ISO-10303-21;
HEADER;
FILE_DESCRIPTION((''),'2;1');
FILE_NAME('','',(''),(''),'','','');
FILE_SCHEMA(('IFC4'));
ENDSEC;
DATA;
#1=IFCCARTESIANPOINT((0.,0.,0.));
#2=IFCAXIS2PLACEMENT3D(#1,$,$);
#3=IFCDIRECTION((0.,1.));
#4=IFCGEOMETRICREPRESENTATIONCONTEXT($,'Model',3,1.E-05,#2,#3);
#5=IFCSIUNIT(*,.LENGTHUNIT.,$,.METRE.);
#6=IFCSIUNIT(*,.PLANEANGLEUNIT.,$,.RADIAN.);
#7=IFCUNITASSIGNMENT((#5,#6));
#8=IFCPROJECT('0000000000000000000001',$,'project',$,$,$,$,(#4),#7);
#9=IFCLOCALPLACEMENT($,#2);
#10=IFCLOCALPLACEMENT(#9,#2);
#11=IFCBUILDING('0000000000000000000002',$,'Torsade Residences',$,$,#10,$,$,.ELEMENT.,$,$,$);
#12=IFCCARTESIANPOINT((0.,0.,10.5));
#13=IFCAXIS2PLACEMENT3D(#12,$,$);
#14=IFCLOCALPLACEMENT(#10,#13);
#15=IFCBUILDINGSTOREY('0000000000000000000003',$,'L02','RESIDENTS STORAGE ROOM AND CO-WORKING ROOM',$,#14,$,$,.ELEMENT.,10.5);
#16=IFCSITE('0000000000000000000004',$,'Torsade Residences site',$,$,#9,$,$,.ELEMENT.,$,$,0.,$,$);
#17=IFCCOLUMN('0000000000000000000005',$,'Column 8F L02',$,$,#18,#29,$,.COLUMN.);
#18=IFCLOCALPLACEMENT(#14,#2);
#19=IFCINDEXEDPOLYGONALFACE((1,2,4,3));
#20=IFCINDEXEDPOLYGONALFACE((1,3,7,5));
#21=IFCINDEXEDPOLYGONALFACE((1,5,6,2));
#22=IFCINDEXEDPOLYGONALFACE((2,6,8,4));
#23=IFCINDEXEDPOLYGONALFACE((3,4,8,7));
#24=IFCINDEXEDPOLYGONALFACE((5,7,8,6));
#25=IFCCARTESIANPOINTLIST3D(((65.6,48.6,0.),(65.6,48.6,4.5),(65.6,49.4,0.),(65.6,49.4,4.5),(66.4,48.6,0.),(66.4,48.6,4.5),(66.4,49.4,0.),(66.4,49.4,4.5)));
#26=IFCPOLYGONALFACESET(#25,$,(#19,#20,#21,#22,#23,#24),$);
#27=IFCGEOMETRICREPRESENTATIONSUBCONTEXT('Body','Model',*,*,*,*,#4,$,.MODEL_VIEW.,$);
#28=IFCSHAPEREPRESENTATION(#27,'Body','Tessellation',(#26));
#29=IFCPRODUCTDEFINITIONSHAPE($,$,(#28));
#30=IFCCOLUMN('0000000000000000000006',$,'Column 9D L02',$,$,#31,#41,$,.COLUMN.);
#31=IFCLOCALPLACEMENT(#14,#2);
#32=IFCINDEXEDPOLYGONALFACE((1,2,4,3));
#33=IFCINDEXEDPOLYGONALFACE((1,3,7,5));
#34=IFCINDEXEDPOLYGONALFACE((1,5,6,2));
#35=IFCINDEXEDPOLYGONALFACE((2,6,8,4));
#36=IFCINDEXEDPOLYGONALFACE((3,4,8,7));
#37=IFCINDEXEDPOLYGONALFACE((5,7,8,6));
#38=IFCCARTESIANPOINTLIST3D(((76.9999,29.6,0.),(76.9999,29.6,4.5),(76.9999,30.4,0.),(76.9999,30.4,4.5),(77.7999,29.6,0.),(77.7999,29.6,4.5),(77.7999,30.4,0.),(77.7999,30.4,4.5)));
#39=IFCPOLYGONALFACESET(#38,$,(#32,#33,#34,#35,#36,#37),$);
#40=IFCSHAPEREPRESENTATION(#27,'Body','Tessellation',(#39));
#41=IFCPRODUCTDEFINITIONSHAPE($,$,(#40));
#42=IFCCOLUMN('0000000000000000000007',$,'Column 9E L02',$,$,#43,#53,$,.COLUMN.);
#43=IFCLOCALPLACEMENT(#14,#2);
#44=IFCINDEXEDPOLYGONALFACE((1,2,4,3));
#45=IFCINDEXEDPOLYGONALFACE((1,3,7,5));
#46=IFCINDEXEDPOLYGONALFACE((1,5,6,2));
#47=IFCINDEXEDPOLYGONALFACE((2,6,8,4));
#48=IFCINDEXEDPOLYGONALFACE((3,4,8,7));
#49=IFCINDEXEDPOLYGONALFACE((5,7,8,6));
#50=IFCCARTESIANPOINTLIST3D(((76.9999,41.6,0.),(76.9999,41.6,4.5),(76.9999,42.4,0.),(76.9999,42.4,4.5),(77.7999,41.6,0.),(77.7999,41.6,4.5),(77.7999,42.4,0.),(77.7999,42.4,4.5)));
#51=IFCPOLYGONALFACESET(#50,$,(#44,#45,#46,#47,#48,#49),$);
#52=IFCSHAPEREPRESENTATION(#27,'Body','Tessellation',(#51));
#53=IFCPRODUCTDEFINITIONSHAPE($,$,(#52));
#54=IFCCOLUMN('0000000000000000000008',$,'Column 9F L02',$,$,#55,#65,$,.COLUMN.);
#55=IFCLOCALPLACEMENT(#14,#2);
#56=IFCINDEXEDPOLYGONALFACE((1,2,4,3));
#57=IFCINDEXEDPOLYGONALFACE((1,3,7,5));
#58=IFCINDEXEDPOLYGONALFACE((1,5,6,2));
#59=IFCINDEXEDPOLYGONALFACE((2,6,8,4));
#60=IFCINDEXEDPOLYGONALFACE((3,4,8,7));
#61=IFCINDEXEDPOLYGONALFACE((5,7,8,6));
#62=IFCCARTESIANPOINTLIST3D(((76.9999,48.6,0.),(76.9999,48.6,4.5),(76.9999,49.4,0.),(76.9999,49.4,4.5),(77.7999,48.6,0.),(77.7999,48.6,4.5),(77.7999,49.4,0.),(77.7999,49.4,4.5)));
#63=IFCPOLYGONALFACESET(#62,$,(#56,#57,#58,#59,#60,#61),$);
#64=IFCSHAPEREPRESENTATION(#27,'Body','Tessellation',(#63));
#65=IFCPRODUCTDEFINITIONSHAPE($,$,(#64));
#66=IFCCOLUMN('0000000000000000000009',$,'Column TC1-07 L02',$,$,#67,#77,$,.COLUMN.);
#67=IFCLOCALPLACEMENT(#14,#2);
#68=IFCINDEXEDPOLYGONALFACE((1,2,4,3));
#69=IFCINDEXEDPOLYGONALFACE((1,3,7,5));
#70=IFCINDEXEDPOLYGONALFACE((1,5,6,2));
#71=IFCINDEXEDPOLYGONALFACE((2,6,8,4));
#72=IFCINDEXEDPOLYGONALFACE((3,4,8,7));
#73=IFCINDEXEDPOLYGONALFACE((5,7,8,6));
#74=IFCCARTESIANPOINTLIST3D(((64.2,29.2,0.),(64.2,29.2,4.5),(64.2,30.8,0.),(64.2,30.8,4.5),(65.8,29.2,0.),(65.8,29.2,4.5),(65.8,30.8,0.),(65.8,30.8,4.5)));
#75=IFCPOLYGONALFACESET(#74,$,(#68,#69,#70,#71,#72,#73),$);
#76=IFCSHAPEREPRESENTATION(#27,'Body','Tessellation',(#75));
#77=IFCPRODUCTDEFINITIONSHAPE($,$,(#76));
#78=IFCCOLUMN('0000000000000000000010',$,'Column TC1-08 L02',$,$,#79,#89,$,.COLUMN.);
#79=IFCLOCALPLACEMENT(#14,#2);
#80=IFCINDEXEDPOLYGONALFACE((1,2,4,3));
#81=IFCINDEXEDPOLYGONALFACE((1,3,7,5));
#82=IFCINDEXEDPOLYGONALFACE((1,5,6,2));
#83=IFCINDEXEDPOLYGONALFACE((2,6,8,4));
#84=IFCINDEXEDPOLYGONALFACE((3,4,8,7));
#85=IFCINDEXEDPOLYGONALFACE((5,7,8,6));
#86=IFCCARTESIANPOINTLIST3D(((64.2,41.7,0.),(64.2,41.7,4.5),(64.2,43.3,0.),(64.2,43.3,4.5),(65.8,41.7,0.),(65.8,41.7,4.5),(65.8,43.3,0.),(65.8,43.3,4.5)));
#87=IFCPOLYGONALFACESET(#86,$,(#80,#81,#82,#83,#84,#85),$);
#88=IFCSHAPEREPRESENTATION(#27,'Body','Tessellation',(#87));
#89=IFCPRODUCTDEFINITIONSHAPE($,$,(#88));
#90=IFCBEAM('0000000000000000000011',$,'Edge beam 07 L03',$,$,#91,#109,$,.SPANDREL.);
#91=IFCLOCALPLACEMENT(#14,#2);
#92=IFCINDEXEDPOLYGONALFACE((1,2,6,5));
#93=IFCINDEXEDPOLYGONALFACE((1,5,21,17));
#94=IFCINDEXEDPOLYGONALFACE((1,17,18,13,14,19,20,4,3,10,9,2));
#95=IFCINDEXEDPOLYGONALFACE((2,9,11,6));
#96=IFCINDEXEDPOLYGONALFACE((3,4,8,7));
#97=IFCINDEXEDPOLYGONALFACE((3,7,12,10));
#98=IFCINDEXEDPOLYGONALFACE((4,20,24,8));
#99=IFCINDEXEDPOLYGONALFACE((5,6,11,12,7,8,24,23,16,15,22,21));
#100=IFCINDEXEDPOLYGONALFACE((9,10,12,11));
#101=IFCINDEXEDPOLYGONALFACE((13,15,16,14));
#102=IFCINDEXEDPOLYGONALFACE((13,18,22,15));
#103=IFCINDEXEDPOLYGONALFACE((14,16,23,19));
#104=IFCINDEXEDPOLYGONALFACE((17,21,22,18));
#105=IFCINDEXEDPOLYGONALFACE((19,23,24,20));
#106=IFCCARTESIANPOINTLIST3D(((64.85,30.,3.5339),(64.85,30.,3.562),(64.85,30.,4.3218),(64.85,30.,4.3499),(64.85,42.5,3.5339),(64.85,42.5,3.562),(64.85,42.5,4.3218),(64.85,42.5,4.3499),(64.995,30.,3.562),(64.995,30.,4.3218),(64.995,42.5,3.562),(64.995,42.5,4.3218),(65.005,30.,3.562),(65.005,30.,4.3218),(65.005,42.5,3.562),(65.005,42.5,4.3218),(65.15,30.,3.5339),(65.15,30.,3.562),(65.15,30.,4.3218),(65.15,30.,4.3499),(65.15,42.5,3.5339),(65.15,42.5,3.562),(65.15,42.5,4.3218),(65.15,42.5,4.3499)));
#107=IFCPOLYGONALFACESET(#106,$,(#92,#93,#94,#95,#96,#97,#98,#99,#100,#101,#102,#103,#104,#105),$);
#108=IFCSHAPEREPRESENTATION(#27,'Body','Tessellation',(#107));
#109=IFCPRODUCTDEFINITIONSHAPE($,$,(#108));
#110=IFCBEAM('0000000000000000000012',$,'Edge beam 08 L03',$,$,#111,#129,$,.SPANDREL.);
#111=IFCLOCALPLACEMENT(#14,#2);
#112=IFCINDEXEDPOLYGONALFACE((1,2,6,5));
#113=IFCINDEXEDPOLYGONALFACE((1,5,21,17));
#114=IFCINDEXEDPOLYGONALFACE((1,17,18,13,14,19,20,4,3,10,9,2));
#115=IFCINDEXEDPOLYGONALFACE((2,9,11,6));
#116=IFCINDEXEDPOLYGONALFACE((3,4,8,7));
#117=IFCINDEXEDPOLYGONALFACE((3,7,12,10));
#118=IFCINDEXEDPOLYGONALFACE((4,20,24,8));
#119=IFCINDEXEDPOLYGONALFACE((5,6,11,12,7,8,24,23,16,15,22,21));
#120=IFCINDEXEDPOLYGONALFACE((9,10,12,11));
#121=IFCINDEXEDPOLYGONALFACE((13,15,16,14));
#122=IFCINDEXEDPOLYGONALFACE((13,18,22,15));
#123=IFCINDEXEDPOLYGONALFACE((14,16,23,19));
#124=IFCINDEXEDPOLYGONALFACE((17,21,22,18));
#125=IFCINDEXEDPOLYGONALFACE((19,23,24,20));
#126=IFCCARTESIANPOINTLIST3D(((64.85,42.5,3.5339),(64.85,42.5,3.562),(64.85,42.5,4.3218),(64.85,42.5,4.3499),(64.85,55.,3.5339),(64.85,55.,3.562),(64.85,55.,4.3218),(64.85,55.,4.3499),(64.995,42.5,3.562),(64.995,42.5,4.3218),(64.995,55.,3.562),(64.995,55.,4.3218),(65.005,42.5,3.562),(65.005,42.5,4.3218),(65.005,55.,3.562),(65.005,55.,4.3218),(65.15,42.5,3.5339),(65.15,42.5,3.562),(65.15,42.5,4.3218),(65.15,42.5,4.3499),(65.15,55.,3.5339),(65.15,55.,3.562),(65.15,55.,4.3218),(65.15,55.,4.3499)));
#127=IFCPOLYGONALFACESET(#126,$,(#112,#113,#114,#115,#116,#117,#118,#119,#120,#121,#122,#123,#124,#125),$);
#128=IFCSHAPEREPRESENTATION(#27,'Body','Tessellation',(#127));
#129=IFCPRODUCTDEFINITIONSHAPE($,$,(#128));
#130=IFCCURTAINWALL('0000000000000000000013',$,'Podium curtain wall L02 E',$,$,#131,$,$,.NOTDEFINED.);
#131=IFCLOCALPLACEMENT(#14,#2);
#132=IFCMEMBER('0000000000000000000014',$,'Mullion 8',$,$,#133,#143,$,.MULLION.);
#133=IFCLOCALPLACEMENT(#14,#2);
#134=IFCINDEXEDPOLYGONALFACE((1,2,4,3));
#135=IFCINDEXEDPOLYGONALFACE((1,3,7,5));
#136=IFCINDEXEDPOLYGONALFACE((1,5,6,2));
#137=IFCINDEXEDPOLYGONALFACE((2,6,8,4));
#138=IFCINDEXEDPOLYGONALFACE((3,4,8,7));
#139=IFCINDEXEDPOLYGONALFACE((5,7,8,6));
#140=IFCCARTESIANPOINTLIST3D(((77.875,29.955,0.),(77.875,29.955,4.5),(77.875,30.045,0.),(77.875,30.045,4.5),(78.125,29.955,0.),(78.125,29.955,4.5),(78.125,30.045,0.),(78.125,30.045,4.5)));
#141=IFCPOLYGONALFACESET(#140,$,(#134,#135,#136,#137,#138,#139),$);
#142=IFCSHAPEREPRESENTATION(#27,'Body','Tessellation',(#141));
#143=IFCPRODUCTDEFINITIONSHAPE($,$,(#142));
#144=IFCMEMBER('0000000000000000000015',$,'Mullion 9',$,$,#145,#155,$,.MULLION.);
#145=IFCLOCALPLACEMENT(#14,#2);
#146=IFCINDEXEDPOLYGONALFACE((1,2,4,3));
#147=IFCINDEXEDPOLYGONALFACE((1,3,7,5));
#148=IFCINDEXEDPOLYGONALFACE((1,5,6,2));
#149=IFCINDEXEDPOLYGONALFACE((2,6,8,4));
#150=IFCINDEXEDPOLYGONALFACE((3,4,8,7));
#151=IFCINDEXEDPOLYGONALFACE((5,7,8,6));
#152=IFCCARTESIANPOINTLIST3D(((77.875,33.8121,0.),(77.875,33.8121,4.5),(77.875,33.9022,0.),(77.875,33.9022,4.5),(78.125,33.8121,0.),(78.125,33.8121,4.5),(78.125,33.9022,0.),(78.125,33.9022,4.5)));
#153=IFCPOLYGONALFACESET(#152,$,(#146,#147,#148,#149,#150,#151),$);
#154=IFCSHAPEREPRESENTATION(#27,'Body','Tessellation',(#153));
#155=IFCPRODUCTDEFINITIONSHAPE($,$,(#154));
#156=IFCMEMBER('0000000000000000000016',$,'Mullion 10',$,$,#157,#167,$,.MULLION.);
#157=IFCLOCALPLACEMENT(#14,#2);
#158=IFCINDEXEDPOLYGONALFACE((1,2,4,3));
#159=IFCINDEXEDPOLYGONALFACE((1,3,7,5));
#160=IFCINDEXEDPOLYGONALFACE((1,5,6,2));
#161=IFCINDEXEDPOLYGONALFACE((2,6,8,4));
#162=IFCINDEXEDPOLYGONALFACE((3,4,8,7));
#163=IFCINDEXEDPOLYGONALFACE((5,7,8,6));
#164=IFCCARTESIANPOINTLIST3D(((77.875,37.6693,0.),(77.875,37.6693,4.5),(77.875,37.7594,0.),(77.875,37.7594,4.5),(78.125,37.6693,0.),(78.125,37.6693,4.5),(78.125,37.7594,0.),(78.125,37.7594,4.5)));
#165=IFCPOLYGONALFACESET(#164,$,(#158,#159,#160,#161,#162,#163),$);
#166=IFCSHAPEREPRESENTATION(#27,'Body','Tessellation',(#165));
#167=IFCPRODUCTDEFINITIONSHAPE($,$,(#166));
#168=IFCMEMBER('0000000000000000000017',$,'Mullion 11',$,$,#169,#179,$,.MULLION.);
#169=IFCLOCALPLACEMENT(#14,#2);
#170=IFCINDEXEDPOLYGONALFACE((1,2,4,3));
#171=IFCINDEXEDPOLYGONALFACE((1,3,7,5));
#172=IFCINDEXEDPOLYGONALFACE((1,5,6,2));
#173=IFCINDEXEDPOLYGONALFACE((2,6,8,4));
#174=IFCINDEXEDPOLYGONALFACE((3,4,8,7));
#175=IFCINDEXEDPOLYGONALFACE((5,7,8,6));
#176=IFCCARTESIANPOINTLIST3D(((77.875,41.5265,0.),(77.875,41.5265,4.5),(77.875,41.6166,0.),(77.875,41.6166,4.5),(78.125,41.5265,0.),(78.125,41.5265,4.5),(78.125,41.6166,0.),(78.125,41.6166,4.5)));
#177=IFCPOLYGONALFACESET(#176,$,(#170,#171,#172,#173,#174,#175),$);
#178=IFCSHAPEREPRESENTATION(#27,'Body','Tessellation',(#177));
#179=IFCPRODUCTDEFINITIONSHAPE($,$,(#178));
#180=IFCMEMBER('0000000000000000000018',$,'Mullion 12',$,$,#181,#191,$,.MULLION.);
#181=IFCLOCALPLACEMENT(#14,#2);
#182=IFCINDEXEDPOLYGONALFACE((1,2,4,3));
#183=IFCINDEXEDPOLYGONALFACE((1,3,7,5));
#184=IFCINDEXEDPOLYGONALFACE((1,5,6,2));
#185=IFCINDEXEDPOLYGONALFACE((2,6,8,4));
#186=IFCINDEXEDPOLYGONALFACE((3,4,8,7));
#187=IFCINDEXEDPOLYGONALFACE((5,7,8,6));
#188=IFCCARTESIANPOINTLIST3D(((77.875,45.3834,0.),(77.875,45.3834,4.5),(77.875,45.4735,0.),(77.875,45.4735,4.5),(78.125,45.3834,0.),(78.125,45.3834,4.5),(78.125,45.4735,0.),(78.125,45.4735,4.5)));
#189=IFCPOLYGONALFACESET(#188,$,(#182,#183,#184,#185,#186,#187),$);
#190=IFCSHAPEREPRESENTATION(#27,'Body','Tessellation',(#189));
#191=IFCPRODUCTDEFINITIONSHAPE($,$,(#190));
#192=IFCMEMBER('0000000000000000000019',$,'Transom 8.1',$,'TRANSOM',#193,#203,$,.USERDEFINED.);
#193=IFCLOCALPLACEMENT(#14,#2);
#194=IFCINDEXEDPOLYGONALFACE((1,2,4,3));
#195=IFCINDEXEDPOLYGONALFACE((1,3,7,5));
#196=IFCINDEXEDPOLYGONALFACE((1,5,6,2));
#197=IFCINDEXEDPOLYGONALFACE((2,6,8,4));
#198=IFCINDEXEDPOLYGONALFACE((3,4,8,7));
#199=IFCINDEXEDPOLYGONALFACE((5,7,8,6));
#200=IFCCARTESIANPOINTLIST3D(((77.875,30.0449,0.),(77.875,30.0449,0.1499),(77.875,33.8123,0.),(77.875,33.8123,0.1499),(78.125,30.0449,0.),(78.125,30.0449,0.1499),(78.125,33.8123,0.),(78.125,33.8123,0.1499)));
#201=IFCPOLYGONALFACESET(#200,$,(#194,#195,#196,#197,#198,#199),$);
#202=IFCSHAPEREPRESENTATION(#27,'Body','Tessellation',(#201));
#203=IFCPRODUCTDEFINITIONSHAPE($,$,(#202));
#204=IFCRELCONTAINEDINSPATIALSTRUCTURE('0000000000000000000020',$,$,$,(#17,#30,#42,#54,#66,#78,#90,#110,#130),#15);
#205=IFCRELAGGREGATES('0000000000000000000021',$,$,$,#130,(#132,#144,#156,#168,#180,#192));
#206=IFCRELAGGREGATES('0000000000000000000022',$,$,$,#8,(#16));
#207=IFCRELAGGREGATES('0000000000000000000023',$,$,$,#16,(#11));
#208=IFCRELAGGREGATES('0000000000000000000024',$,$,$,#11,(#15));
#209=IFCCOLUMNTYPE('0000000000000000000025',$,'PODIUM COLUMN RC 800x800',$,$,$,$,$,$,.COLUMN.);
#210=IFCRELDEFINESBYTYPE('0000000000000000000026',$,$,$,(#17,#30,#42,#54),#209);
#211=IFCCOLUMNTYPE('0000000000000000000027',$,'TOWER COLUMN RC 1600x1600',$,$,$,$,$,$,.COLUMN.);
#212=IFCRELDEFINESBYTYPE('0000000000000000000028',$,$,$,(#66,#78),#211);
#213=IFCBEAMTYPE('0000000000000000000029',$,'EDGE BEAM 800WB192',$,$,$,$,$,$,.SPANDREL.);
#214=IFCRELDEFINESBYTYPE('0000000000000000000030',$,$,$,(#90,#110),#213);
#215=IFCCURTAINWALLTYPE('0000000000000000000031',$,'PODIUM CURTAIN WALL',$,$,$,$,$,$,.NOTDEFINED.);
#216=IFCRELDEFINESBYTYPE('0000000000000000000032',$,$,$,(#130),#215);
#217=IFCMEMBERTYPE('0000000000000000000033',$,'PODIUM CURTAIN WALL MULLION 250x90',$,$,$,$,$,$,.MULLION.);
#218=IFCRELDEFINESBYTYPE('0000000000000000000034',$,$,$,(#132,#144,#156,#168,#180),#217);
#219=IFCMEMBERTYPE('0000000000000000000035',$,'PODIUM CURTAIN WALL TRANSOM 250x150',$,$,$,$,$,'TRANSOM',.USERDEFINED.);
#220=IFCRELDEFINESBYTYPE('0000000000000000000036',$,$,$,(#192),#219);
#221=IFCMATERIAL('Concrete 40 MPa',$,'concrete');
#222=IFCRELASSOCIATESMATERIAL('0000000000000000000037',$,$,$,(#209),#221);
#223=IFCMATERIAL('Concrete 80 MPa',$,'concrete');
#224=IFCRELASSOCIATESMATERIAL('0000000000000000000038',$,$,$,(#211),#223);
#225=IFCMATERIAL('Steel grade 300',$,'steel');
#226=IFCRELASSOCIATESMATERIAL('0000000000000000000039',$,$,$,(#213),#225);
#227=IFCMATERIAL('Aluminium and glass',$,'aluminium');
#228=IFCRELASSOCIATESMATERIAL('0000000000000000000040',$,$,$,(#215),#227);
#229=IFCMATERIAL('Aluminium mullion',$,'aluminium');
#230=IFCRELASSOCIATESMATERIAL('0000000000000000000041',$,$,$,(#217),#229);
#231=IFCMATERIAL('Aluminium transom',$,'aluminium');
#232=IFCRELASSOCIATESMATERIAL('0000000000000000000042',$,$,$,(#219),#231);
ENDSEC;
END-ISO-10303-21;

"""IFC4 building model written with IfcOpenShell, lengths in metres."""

from ifc_helpers import new_model, si_unit, direction, frame, origin, origin_2d, place, context, subcontext, project, spatial, rectangle, i_section, extrude, material, material_profile, profile_set, type_object, element, aggregate, save


model = new_model("IFC4")

# Units and contexts
model_context = context("Model", 3, precision=1e-05, world=origin(), true_north=direction((0.0, 1.0)))
body_context = subcontext(model_context, "Body", "Model", "MODEL_VIEW")
ifc_project = project(units=[si_unit("LENGTHUNIT", "METRE"), si_unit("PLANEANGLEUNIT", "RADIAN")], contexts=[model_context])

# Site, building, storey
site_placement = place(None, origin())
site = spatial("IfcSite", under=ifc_project, at=site_placement, Name="Torsade Residences site", CompositionType="ELEMENT", RefElevation=0.0)
building_placement = place(site_placement, origin())
building = spatial("IfcBuilding", under=site, at=building_placement, Name="Torsade Residences", CompositionType="ELEMENT")
storey_placement = place(building_placement, frame((0.0, 0.0, 10.5)))
storey = spatial("IfcBuildingStorey", under=building, at=storey_placement, Name="L02", Description="RESIDENTS STORAGE ROOM AND CO-WORKING ROOM", CompositionType="ELEMENT", Elevation=10.5)

# Columns
ifc_material_1 = material(Name="Concrete 40 MPa", Category="concrete")
ifc_material_profile_1 = material_profile(ifc_material_1, rectangle(XDim=0.8, YDim=0.8, at=origin_2d()), Name="RC 800x800")
ifc_profile_set_1 = profile_set([ifc_material_profile_1], Name="Concrete 40 MPa")
column_type_1 = type_object("IfcColumnType", Name="PODIUM COLUMN RC 800x800", PredefinedType="COLUMN", material=ifc_profile_set_1)
for number, where, z_axis, x_axis, name in (
    (1, (66.0, 49.0, 0.0), (0.0, 0.0, 1.0), (1.0, 0.0, 0.0), "Column 8F L02"),
    (2, (77.3999, 30.0, 0.0), (0.0, 0.0, 1.0), (1.0, 0.0, 0.0), "Column 9D L02"),
    (3, (77.3999, 42.0, 0.0), (0.0, 0.0, 1.0), (1.0, 0.0, 0.0), "Column 9E L02"),
    (4, (77.3999, 49.0, 0.0), (0.0, 0.0, 1.0), (1.0, 0.0, 0.0), "Column 9F L02"),
):
    element("IfcColumn", number, at=place(storey_placement, frame(where, z_axis=z_axis, x_axis=x_axis)), inside=storey, type_object=column_type_1, Name=name, PredefinedType="COLUMN", context=body_context, shape_type="SweptSolid", body=[
        extrude(rectangle(XDim=0.8, YDim=0.8, at=origin_2d()), origin(), (0.0, 0.0, 1.0), 4.5),
    ])
ifc_material_2 = material(Name="Concrete 80 MPa", Category="concrete")
ifc_material_profile_2 = material_profile(ifc_material_2, rectangle(XDim=1.6001, YDim=1.6001, at=origin_2d()), Name="RC 1600x1600")
ifc_profile_set_2 = profile_set([ifc_material_profile_2], Name="Concrete 80 MPa")
column_type_2 = type_object("IfcColumnType", Name="TOWER COLUMN RC 1600x1600", PredefinedType="COLUMN", material=ifc_profile_set_2)
for number, where, z_axis, x_axis, name in (
    (5, (65.0, 30.0, 0.0), (0.0, 0.0, 1.0), (1.0, 0.0, 0.0), "Column TC1-07 L02"),
    (6, (65.0, 42.5, 0.0), (0.0, 0.0, 1.0), (1.0, 0.0, 0.0), "Column TC1-08 L02"),
):
    element("IfcColumn", number, at=place(storey_placement, frame(where, z_axis=z_axis, x_axis=x_axis)), inside=storey, type_object=column_type_2, Name=name, PredefinedType="COLUMN", context=body_context, shape_type="SweptSolid", body=[
        extrude(rectangle(XDim=1.6001, YDim=1.6001, at=origin_2d()), origin(), (0.0, 0.0, 1.0), 4.5),
    ])

# Beams
ifc_material_3 = material(Name="Steel grade 300", Category="steel")
ifc_material_profile_3 = material_profile(ifc_material_3, i_section(OverallWidth=0.3, OverallDepth=0.8159, WebThickness=0.01, FlangeThickness=0.0281, at=origin_2d()), Name="800WB192")
ifc_profile_set_3 = profile_set([ifc_material_profile_3], Name="Steel grade 300")
beam_type_1 = type_object("IfcBeamType", Name="EDGE BEAM 800WB192", PredefinedType="SPANDREL", material=ifc_profile_set_3)
for number, where, z_axis, x_axis, name in (
    (7, (65.0, 30.0, 3.9419), (0.0, 1.0, 0.0), (-1.0, 0.0, 0.0), "Edge beam 07 L03"),
    (8, (65.0, 42.5, 3.9419), (0.0, 1.0, 0.0), (-1.0, 0.0, 0.0), "Edge beam 08 L03"),
):
    element("IfcBeam", number, at=place(storey_placement, frame(where, z_axis=z_axis, x_axis=x_axis)), inside=storey, type_object=beam_type_1, Name=name, PredefinedType="SPANDREL", context=body_context, shape_type="SweptSolid", body=[
        extrude(i_section(OverallWidth=0.3, OverallDepth=0.8159, WebThickness=0.01, FlangeThickness=0.0281, at=origin_2d()), origin(), (0.0, 0.0, 1.0), 12.5),
    ])

# Curtain wall, members
ifc_material_4 = material(Name="Aluminium and glass", Category="aluminium")
curtain_wall_type = type_object("IfcCurtainWallType", Name="PODIUM CURTAIN WALL", PredefinedType="NOTDEFINED", material=ifc_material_4)
curtain_wall_placement = place(storey_placement, origin())
curtain_wall = element("IfcCurtainWall", 9, at=curtain_wall_placement, inside=storey, type_object=curtain_wall_type, Name="Podium curtain wall L02 E", PredefinedType="NOTDEFINED")
ifc_material_5 = material(Name="Aluminium mullion", Category="aluminium")
ifc_material_profile_4 = material_profile(ifc_material_5, rectangle(XDim=0.25, YDim=0.0901, at=origin_2d()), Name="PODIUM CURTAIN WALL MULLION 250x90")
ifc_profile_set_4 = profile_set([ifc_material_profile_4], Name="Aluminium mullion")
member_type_1 = type_object("IfcMemberType", Name="PODIUM CURTAIN WALL MULLION 250x90", PredefinedType="MULLION", material=ifc_profile_set_4)
member_1_placement = place(storey_placement, frame((78.0, 30.0, 0.0), z_axis=(0.0, 0.0, 1.0), x_axis=(-1.0, 0.0, 0.0)))
member_1 = element("IfcMember", 10, at=member_1_placement, type_object=member_type_1, Name="Mullion 8", PredefinedType="MULLION", context=body_context, shape_type="SweptSolid", body=[
    extrude(rectangle(XDim=0.25, YDim=0.0901, at=origin_2d()), origin(), (0.0, 0.0, 1.0), 4.5),
])
member_2_placement = place(storey_placement, frame((78.0, 33.8572, 0.0), z_axis=(0.0, 0.0, 1.0), x_axis=(-1.0, 0.0, 0.0)))
member_2 = element("IfcMember", 11, at=member_2_placement, type_object=member_type_1, Name="Mullion 9", PredefinedType="MULLION", context=body_context, shape_type="SweptSolid", body=[
    extrude(rectangle(XDim=0.25, YDim=0.0901, at=origin_2d()), origin(), (0.0, 0.0, 1.0), 4.5),
])
member_3_placement = place(storey_placement, frame((78.0, 37.7144, 0.0), z_axis=(0.0, 0.0, 1.0), x_axis=(-1.0, 0.0, 0.0)))
member_3 = element("IfcMember", 12, at=member_3_placement, type_object=member_type_1, Name="Mullion 10", PredefinedType="MULLION", context=body_context, shape_type="SweptSolid", body=[
    extrude(rectangle(XDim=0.25, YDim=0.0901, at=origin_2d()), origin(), (0.0, 0.0, 1.0), 4.5),
])
member_4_placement = place(storey_placement, frame((78.0, 41.5715, 0.0), z_axis=(0.0, 0.0, 1.0), x_axis=(-1.0, 0.0, 0.0)))
member_4 = element("IfcMember", 13, at=member_4_placement, type_object=member_type_1, Name="Mullion 11", PredefinedType="MULLION", context=body_context, shape_type="SweptSolid", body=[
    extrude(rectangle(XDim=0.25, YDim=0.0901, at=origin_2d()), origin(), (0.0, 0.0, 1.0), 4.5),
])
member_5_placement = place(storey_placement, frame((78.0, 45.4285, 0.0), z_axis=(0.0, 0.0, 1.0), x_axis=(-1.0, 0.0, 0.0)))
member_5 = element("IfcMember", 14, at=member_5_placement, type_object=member_type_1, Name="Mullion 12", PredefinedType="MULLION", context=body_context, shape_type="SweptSolid", body=[
    extrude(rectangle(XDim=0.25, YDim=0.0901, at=origin_2d()), origin(), (0.0, 0.0, 1.0), 4.5),
])
ifc_material_6 = material(Name="Aluminium transom", Category="aluminium")
ifc_material_profile_5 = material_profile(ifc_material_6, rectangle(XDim=0.25, YDim=0.1499, at=origin_2d()), Name="PODIUM CURTAIN WALL TRANSOM 250x150")
ifc_profile_set_5 = profile_set([ifc_material_profile_5], Name="Aluminium transom")
member_type_2 = type_object("IfcMemberType", Name="PODIUM CURTAIN WALL TRANSOM 250x150", ElementType="TRANSOM", PredefinedType="USERDEFINED", material=ifc_profile_set_5)
member_6_placement = place(storey_placement, frame((78.0, 30.0449, 0.075), z_axis=(0.0, 1.0, 0.0), x_axis=(-1.0, 0.0, 0.0)))
member_6 = element("IfcMember", 15, at=member_6_placement, type_object=member_type_2, Name="Transom 8.1", ObjectType="TRANSOM", PredefinedType="USERDEFINED", context=body_context, shape_type="SweptSolid", body=[
    extrude(rectangle(XDim=0.25, YDim=0.1499, at=origin_2d()), origin(), (0.0, 0.0, 1.0), 3.7673),
])

aggregate(curtain_wall, [member_1, member_2, member_3, member_4, member_5, member_6])

save(model, "model.ifc")
